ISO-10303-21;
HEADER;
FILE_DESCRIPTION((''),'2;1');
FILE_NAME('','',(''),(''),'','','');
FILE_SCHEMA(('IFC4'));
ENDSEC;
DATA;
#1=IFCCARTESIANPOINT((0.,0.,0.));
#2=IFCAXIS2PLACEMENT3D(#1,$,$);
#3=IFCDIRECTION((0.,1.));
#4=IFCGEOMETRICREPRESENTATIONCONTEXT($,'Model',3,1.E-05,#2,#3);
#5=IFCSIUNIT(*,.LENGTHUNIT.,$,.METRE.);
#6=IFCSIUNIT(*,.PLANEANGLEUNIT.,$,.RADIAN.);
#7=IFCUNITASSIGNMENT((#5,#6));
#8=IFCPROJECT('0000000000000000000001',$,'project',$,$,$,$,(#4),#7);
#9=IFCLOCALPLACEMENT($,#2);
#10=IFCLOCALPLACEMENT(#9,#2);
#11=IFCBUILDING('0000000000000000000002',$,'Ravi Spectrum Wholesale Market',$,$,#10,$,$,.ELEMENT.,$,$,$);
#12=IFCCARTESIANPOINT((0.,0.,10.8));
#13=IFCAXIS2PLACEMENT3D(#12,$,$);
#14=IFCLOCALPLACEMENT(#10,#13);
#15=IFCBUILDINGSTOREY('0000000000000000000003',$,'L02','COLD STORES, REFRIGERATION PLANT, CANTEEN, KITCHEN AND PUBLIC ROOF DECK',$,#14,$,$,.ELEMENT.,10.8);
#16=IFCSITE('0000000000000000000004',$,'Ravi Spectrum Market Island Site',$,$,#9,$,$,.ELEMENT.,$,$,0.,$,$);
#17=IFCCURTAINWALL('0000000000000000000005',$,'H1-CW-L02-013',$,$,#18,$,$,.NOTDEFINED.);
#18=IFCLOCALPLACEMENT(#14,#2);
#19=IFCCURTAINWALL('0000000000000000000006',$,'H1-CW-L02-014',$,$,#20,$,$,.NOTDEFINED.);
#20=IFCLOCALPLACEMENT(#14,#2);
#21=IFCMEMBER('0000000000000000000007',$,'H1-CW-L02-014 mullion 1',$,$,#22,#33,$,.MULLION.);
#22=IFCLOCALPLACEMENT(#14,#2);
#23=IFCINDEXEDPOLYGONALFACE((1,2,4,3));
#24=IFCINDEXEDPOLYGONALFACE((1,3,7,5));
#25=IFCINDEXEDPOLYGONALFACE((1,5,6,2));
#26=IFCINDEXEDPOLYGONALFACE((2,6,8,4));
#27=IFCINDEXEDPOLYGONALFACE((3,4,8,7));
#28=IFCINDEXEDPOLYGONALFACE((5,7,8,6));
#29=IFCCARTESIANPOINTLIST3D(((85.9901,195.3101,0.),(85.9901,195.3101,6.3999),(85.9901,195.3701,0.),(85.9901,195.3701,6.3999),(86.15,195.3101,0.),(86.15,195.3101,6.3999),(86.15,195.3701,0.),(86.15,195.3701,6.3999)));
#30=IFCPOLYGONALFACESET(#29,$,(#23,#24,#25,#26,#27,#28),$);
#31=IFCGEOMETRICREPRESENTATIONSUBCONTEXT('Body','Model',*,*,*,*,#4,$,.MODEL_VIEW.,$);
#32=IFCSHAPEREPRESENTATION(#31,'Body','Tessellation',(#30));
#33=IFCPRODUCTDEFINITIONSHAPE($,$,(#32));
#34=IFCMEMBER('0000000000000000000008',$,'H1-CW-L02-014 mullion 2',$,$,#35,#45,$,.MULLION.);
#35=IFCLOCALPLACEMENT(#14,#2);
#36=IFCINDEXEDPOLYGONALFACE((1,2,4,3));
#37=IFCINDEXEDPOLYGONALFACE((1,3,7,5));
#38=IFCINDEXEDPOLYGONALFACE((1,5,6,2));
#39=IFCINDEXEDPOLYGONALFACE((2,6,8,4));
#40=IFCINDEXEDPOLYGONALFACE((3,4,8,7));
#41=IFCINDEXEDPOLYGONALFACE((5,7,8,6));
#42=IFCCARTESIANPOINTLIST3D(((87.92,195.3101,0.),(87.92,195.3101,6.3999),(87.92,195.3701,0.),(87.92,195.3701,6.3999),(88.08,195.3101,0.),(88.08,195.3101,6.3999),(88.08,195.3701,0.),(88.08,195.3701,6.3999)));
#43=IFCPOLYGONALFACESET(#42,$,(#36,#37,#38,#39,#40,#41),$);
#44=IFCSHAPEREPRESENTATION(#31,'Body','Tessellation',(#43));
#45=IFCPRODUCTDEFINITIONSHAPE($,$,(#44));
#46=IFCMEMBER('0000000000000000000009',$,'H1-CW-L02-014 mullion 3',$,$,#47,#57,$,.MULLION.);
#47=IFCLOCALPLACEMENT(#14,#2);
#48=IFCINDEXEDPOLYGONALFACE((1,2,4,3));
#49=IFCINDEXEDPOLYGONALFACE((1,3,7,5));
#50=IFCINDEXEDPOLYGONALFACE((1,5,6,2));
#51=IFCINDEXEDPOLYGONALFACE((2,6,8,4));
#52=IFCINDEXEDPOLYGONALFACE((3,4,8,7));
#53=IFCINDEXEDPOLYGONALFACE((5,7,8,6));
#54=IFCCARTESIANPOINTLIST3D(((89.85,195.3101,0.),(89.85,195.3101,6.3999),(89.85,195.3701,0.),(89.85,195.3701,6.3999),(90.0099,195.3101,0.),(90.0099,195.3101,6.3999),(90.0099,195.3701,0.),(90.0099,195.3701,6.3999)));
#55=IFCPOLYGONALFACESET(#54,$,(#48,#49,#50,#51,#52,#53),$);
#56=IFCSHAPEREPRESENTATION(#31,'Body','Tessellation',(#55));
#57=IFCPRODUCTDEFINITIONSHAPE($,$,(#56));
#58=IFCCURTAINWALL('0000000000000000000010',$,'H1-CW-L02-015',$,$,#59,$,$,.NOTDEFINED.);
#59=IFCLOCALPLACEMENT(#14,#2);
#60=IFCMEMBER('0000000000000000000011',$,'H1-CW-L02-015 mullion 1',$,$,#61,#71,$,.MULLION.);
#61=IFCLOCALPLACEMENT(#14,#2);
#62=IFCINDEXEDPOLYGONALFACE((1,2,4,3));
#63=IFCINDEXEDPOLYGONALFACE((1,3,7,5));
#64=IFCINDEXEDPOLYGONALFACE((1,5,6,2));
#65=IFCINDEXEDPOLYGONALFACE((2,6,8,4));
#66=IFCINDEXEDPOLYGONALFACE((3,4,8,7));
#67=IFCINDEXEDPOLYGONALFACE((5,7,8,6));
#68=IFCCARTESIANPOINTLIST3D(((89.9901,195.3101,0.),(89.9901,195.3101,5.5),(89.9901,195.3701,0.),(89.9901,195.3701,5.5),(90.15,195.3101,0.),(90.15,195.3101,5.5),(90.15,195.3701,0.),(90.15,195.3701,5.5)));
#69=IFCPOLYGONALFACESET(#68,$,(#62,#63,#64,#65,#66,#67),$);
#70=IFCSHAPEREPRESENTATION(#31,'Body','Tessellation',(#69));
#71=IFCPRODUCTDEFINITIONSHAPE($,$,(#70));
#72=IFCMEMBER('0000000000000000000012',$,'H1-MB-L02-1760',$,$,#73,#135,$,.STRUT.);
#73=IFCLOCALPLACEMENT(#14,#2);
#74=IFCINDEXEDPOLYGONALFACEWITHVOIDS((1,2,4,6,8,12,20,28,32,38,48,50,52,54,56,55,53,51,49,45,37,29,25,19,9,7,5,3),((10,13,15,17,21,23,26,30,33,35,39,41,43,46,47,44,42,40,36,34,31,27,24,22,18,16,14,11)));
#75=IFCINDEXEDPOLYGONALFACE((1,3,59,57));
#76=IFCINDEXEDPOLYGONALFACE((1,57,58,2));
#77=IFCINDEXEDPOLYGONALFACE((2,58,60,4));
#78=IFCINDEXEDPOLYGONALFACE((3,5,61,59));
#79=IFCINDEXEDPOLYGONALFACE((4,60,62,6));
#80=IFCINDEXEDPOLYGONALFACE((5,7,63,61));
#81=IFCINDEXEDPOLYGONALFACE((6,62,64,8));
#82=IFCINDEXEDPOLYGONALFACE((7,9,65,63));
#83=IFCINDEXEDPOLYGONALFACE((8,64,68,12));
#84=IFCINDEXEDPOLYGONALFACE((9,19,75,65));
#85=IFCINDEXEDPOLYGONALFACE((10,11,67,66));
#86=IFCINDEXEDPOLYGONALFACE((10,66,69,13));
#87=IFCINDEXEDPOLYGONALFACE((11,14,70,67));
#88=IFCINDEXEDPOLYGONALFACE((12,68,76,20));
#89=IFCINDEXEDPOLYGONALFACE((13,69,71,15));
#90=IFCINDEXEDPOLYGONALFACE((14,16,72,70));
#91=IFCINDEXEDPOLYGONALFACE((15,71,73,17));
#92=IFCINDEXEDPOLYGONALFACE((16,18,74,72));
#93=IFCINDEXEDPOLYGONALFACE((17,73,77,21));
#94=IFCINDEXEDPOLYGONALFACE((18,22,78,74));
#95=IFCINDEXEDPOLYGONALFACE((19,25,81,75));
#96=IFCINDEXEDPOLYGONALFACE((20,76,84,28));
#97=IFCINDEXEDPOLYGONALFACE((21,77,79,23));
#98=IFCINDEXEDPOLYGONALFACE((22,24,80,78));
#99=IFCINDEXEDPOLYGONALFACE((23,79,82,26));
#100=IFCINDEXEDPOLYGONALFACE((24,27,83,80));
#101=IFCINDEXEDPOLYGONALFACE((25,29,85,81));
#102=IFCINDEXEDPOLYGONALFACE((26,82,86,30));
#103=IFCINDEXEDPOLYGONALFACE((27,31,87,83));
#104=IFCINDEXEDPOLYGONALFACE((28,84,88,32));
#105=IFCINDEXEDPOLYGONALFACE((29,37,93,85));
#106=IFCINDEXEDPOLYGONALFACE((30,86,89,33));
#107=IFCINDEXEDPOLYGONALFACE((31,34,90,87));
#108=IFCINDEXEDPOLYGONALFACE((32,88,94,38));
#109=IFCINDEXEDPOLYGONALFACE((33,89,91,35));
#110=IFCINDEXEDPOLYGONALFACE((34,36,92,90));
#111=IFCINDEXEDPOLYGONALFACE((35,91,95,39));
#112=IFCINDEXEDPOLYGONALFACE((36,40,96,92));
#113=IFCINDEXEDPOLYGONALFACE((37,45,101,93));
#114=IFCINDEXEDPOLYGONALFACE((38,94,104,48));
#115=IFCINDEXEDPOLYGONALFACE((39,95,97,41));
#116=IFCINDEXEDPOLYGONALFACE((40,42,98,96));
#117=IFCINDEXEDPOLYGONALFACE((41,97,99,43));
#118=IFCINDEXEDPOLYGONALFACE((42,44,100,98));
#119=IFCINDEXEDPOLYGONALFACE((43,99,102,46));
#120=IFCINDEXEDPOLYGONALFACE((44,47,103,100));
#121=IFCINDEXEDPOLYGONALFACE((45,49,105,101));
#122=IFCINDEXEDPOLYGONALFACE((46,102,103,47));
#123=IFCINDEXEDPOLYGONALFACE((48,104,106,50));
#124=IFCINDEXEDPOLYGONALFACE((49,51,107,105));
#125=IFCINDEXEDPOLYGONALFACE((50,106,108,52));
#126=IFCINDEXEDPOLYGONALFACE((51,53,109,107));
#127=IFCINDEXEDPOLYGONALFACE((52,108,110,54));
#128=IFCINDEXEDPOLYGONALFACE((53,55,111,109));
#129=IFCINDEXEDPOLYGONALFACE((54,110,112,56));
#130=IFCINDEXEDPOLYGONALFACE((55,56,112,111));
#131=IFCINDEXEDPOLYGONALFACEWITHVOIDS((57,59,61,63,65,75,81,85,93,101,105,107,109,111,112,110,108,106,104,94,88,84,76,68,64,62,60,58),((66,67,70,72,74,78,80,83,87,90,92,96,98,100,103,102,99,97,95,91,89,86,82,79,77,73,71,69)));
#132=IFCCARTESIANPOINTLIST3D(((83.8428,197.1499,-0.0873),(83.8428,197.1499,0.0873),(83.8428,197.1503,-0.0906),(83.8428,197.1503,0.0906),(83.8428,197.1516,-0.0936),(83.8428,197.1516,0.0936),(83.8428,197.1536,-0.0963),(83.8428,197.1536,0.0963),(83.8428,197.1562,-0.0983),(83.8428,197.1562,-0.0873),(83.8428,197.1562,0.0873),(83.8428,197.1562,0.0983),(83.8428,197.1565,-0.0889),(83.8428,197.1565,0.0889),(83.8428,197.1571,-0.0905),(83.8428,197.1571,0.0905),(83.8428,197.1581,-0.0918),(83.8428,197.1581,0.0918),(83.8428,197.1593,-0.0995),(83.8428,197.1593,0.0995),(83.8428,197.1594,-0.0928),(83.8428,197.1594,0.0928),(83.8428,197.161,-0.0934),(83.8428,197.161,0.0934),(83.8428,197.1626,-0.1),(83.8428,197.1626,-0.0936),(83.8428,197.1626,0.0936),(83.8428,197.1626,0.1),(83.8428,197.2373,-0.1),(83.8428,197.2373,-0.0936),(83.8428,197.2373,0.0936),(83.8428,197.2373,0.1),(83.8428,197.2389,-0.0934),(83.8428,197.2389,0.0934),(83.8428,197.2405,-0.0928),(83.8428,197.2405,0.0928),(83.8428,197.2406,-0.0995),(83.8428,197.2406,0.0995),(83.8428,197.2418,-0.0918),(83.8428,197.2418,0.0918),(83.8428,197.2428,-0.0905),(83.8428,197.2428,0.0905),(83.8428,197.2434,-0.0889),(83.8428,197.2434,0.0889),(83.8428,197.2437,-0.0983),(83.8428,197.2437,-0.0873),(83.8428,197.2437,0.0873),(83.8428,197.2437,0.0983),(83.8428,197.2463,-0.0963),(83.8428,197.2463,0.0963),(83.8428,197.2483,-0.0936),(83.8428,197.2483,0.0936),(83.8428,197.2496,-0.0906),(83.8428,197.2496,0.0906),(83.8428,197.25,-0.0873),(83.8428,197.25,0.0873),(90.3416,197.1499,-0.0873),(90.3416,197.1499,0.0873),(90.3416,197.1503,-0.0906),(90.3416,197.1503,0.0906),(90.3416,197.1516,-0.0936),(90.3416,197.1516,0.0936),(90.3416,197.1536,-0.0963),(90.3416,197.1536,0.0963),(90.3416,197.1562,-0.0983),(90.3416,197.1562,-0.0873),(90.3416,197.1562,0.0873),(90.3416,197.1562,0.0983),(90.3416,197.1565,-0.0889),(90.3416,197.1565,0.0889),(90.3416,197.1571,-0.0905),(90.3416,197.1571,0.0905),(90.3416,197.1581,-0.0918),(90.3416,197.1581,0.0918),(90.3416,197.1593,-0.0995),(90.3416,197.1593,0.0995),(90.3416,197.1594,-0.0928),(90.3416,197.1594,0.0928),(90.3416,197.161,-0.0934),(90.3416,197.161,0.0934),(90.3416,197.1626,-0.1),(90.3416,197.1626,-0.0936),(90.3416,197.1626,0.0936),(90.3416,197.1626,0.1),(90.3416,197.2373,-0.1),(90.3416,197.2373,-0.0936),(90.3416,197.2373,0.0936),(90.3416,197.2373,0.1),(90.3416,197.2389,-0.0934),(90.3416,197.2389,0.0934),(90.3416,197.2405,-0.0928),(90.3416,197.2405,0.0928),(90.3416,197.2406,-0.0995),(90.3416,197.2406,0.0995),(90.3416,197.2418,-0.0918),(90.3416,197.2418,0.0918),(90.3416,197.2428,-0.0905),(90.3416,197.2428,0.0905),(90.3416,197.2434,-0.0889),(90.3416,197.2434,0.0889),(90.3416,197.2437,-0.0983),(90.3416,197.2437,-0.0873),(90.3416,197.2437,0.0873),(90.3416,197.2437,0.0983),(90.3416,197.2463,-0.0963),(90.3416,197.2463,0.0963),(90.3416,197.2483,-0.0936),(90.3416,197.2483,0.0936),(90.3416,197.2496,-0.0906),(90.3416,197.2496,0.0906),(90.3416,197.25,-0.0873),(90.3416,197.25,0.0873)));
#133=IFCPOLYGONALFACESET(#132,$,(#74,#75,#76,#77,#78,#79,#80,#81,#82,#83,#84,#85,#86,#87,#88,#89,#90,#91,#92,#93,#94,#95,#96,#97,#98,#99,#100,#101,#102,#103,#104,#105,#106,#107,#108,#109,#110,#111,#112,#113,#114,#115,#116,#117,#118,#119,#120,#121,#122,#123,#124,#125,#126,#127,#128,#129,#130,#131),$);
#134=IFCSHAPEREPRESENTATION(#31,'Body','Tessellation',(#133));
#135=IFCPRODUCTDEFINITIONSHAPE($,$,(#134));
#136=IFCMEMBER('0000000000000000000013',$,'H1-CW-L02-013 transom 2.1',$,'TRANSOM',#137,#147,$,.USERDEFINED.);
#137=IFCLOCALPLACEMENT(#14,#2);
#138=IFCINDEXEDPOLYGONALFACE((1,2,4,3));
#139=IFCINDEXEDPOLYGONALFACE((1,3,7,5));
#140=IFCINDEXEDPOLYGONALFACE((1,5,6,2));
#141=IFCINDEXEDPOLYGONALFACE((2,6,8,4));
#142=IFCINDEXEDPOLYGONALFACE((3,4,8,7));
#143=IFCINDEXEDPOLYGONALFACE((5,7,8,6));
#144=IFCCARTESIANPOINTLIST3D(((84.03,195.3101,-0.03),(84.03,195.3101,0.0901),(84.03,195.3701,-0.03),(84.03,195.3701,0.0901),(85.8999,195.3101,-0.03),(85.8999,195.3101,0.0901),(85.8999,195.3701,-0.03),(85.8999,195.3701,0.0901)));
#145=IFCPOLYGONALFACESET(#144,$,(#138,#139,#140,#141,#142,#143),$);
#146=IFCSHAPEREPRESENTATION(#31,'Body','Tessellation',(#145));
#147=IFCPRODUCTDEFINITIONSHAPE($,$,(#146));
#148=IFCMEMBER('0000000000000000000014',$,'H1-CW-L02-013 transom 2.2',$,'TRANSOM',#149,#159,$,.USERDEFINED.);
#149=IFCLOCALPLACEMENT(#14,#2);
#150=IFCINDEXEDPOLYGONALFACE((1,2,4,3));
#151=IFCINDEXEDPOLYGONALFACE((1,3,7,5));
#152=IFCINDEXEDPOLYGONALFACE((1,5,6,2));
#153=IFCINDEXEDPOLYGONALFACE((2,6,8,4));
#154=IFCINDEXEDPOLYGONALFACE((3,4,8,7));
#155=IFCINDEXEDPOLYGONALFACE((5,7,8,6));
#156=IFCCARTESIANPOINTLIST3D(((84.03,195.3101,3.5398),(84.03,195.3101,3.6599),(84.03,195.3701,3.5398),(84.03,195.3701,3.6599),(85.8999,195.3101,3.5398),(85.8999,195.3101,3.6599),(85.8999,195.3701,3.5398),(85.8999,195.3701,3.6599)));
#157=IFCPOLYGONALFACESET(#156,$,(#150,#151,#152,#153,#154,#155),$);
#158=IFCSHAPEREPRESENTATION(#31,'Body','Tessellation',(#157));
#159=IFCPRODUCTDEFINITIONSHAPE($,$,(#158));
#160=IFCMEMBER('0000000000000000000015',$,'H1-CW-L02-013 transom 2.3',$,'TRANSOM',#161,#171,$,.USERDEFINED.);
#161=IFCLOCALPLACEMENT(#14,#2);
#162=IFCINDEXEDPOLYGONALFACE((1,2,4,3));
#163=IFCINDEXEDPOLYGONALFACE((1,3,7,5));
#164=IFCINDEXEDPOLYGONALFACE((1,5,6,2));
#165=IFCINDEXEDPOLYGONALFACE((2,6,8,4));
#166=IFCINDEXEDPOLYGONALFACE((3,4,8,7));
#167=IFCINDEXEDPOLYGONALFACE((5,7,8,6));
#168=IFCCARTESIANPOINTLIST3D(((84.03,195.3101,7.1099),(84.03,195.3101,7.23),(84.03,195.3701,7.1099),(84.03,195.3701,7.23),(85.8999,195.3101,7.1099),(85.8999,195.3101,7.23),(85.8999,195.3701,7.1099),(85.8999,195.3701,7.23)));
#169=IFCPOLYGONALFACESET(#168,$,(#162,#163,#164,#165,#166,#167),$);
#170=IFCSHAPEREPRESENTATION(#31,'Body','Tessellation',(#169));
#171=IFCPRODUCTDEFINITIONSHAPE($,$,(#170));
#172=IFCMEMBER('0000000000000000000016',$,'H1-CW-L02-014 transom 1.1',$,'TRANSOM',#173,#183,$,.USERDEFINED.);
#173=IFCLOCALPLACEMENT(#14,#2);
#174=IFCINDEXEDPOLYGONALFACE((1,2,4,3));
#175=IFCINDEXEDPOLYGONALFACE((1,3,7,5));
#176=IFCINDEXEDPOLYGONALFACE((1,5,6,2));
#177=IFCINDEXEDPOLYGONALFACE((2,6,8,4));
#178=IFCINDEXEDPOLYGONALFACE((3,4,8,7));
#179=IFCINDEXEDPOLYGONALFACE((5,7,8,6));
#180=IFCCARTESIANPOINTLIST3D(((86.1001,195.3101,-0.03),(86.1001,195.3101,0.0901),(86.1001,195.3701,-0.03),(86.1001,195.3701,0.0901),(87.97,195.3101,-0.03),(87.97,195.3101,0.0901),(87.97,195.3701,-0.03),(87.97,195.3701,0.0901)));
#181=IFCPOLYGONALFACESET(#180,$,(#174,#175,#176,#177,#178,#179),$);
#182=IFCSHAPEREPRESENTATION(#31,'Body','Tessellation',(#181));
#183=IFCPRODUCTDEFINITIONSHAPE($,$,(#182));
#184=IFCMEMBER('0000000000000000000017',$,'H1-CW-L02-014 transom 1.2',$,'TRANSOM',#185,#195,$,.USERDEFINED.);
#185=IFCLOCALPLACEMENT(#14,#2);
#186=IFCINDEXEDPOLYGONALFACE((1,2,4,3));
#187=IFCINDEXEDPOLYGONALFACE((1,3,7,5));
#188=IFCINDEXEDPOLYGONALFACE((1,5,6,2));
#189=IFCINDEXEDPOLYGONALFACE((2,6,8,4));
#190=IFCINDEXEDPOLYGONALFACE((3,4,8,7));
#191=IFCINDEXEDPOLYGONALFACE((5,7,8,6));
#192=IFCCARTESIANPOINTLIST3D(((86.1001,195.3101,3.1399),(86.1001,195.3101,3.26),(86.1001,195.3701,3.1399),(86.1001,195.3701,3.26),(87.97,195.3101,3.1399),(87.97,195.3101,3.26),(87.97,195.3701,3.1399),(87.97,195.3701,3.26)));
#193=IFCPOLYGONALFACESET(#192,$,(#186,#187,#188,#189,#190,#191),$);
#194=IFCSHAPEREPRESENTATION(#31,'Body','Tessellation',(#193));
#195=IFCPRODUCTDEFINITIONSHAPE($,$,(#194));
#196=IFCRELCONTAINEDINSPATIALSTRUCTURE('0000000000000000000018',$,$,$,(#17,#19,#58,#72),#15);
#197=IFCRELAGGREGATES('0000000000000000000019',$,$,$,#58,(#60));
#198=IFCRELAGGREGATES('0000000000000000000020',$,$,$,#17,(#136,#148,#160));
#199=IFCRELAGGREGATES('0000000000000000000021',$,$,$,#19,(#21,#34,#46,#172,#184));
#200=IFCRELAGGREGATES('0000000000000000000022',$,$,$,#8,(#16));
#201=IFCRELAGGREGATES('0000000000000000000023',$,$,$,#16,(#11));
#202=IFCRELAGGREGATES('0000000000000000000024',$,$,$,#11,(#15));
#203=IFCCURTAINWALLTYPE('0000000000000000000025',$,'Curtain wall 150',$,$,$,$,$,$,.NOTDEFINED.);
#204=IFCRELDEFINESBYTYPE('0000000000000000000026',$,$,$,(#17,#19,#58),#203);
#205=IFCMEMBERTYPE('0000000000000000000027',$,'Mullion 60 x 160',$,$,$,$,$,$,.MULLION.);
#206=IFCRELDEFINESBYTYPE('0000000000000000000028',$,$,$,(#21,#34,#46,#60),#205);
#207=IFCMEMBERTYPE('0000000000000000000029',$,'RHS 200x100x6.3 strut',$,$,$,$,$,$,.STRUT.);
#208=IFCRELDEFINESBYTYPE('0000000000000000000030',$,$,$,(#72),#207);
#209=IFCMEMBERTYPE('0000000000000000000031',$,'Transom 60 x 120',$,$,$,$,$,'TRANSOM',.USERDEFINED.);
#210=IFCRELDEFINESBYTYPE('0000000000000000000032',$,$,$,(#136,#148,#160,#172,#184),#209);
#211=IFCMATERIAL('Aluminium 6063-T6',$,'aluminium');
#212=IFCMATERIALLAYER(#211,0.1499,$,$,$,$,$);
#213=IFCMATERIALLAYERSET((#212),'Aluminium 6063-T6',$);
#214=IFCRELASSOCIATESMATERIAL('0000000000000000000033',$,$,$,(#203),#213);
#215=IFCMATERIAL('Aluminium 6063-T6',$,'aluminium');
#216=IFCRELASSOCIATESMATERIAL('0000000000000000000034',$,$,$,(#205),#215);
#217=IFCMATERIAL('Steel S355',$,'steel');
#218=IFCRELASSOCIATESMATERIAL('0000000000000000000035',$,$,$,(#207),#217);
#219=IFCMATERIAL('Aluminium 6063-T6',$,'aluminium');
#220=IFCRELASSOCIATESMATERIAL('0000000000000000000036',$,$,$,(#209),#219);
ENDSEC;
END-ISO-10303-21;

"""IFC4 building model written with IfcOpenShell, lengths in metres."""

from ifc_helpers import new_model, si_unit, direction, frame, origin, origin_2d, place, context, subcontext, project, spatial, rectangle, hollow_rectangle, extrude, material, layer, layer_set, material_profile, profile_set, type_object, element, aggregate, save


model = new_model("IFC4")

# Units and contexts
model_context = context("Model", 3, precision=1e-05, world=origin(), true_north=direction((0.0, 1.0)))
body_context = subcontext(model_context, "Body", "Model", "MODEL_VIEW")
ifc_project = project(units=[si_unit("LENGTHUNIT", "METRE"), si_unit("PLANEANGLEUNIT", "RADIAN")], contexts=[model_context])

# Site, building, storey
site_placement = place(None, origin())
site = spatial("IfcSite", under=ifc_project, at=site_placement, Name="Ravi Spectrum Market Island Site", CompositionType="ELEMENT", RefElevation=0.0)
building_placement = place(site_placement, origin())
building = spatial("IfcBuilding", under=site, at=building_placement, Name="Ravi Spectrum Wholesale Market", CompositionType="ELEMENT")
storey_placement = place(building_placement, frame((0.0, 0.0, 10.8)))
storey = spatial("IfcBuildingStorey", under=building, at=storey_placement, Name="L02", Description="COLD STORES, REFRIGERATION PLANT, CANTEEN, KITCHEN AND PUBLIC ROOF DECK", CompositionType="ELEMENT", Elevation=10.8)

# Curtain walls, members
ifc_material_1 = material(Name="Aluminium 6063-T6", Category="aluminium")
ifc_layer_1 = layer(ifc_material_1, 0.1499)
ifc_layer_set_1 = layer_set([ifc_layer_1], Name="Aluminium 6063-T6")
curtain_wall_type = type_object("IfcCurtainWallType", Name="Curtain wall 150", PredefinedType="NOTDEFINED", material=ifc_layer_set_1)
curtain_wall_1_placement = place(storey_placement, origin())
curtain_wall_1 = element("IfcCurtainWall", 1, at=curtain_wall_1_placement, inside=storey, type_object=curtain_wall_type, Name="H1-CW-L02-013", PredefinedType="NOTDEFINED")
ifc_material_2 = material(Name="Aluminium 6063-T6", Category="aluminium")
ifc_material_profile_1 = material_profile(ifc_material_2, rectangle(XDim=0.0601, YDim=0.1599, at=origin_2d()))
ifc_profile_set_1 = profile_set([ifc_material_profile_1], Name="Aluminium 6063-T6")
member_type_1 = type_object("IfcMemberType", Name="Mullion 60 x 160", PredefinedType="MULLION", material=ifc_profile_set_1)
curtain_wall_2_placement = place(storey_placement, origin())
curtain_wall_2 = element("IfcCurtainWall", 2, at=curtain_wall_2_placement, inside=storey, type_object=curtain_wall_type, Name="H1-CW-L02-014", PredefinedType="NOTDEFINED")
member_1_placement = place(storey_placement, frame((86.0701, 195.3401, 0.0), z_axis=(0.0, 0.0, 1.0), x_axis=(0.0, 1.0, 0.0)))
member_1 = element("IfcMember", 3, at=member_1_placement, type_object=member_type_1, Name="H1-CW-L02-014 mullion 1", PredefinedType="MULLION", context=body_context, shape_type="SweptSolid", body=[
    extrude(rectangle(XDim=0.0601, YDim=0.1599, at=origin_2d()), origin(), (0.0, 0.0, 1.0), 6.3999),
])
member_2_placement = place(storey_placement, frame((88.0, 195.3401, 0.0), z_axis=(0.0, 0.0, 1.0), x_axis=(0.0, 1.0, 0.0)))
member_2 = element("IfcMember", 4, at=member_2_placement, type_object=member_type_1, Name="H1-CW-L02-014 mullion 2", PredefinedType="MULLION", context=body_context, shape_type="SweptSolid", body=[
    extrude(rectangle(XDim=0.0601, YDim=0.1599, at=origin_2d()), origin(), (0.0, 0.0, 1.0), 6.3999),
])
member_3_placement = place(storey_placement, frame((89.9299, 195.3401, 0.0), z_axis=(0.0, 0.0, 1.0), x_axis=(0.0, 1.0, 0.0)))
member_3 = element("IfcMember", 5, at=member_3_placement, type_object=member_type_1, Name="H1-CW-L02-014 mullion 3", PredefinedType="MULLION", context=body_context, shape_type="SweptSolid", body=[
    extrude(rectangle(XDim=0.0601, YDim=0.1599, at=origin_2d()), origin(), (0.0, 0.0, 1.0), 6.3999),
])

# Curtain wall, member
curtain_wall_3_placement = place(storey_placement, origin())
curtain_wall_3 = element("IfcCurtainWall", 6, at=curtain_wall_3_placement, inside=storey, type_object=curtain_wall_type, Name="H1-CW-L02-015", PredefinedType="NOTDEFINED")
member_4_placement = place(storey_placement, frame((90.0701, 195.3401, 0.0), z_axis=(0.0, 0.0, 1.0), x_axis=(0.0, 1.0, 0.0)))
member_4 = element("IfcMember", 7, at=member_4_placement, type_object=member_type_1, Name="H1-CW-L02-015 mullion 1", PredefinedType="MULLION", context=body_context, shape_type="SweptSolid", body=[
    extrude(rectangle(XDim=0.0601, YDim=0.1599, at=origin_2d()), origin(), (0.0, 0.0, 1.0), 5.5),
])

# Members
ifc_material_3 = material(Name="Steel S355", Category="steel")
ifc_material_profile_2 = material_profile(ifc_material_3, hollow_rectangle(XDim=0.1001, YDim=0.2, WallThickness=0.0063, InnerFilletRadius=0.0063, OuterFilletRadius=0.0127, at=origin_2d()))
ifc_profile_set_2 = profile_set([ifc_material_profile_2], Name="Steel S355")
member_type_2 = type_object("IfcMemberType", Name="RHS 200x100x6.3 strut", PredefinedType="STRUT", material=ifc_profile_set_2)
member_5_placement = place(storey_placement, frame((83.8428, 197.2, 0.0), z_axis=(1.0, 0.0, 0.0), x_axis=(0.0, 1.0, 0.0)))
element("IfcMember", 8, at=member_5_placement, inside=storey, type_object=member_type_2, Name="H1-MB-L02-1760", PredefinedType="STRUT", context=body_context, shape_type="SweptSolid", body=[
    extrude(hollow_rectangle(XDim=0.1001, YDim=0.2, WallThickness=0.0063, InnerFilletRadius=0.0063, OuterFilletRadius=0.0127, at=origin_2d()), origin(), (0.0, 0.0, 1.0), 6.4988),
])
ifc_material_4 = material(Name="Aluminium 6063-T6", Category="aluminium")
ifc_material_profile_3 = material_profile(ifc_material_4, rectangle(XDim=0.0601, YDim=0.1201, at=origin_2d()))
ifc_profile_set_3 = profile_set([ifc_material_profile_3], Name="Aluminium 6063-T6")
member_type_3 = type_object("IfcMemberType", Name="Transom 60 x 120", ElementType="TRANSOM", PredefinedType="USERDEFINED", material=ifc_profile_set_3)
member_6_placement = place(storey_placement, frame((84.03, 195.3401, 0.03), z_axis=(1.0, 0.0, 0.0), x_axis=(0.0, 1.0, 0.0)))
member_6 = element("IfcMember", 9, at=member_6_placement, type_object=member_type_3, Name="H1-CW-L02-013 transom 2.1", ObjectType="TRANSOM", PredefinedType="USERDEFINED", context=body_context, shape_type="SweptSolid", body=[
    extrude(rectangle(XDim=0.0601, YDim=0.1201, at=origin_2d()), origin(), (0.0, 0.0, 1.0), 1.8699),
])
member_7_placement = place(storey_placement, frame((84.03, 195.3401, 3.5999), z_axis=(1.0, 0.0, 0.0), x_axis=(0.0, 1.0, 0.0)))
member_7 = element("IfcMember", 10, at=member_7_placement, type_object=member_type_3, Name="H1-CW-L02-013 transom 2.2", ObjectType="TRANSOM", PredefinedType="USERDEFINED", context=body_context, shape_type="SweptSolid", body=[
    extrude(rectangle(XDim=0.0601, YDim=0.1201, at=origin_2d()), origin(), (0.0, 0.0, 1.0), 1.8699),
])
member_8_placement = place(storey_placement, frame((84.03, 195.3401, 7.1699), z_axis=(1.0, 0.0, 0.0), x_axis=(0.0, 1.0, 0.0)))
member_8 = element("IfcMember", 11, at=member_8_placement, type_object=member_type_3, Name="H1-CW-L02-013 transom 2.3", ObjectType="TRANSOM", PredefinedType="USERDEFINED", context=body_context, shape_type="SweptSolid", body=[
    extrude(rectangle(XDim=0.0601, YDim=0.1201, at=origin_2d()), origin(), (0.0, 0.0, 1.0), 1.8699),
])
member_9_placement = place(storey_placement, frame((86.1001, 195.3401, 0.03), z_axis=(1.0, 0.0, 0.0), x_axis=(0.0, 1.0, 0.0)))
member_9 = element("IfcMember", 12, at=member_9_placement, type_object=member_type_3, Name="H1-CW-L02-014 transom 1.1", ObjectType="TRANSOM", PredefinedType="USERDEFINED", context=body_context, shape_type="SweptSolid", body=[
    extrude(rectangle(XDim=0.0601, YDim=0.1201, at=origin_2d()), origin(), (0.0, 0.0, 1.0), 1.8699),
])
member_10_placement = place(storey_placement, frame((86.1001, 195.3401, 3.2), z_axis=(1.0, 0.0, 0.0), x_axis=(0.0, 1.0, 0.0)))
member_10 = element("IfcMember", 13, at=member_10_placement, type_object=member_type_3, Name="H1-CW-L02-014 transom 1.2", ObjectType="TRANSOM", PredefinedType="USERDEFINED", context=body_context, shape_type="SweptSolid", body=[
    extrude(rectangle(XDim=0.0601, YDim=0.1201, at=origin_2d()), origin(), (0.0, 0.0, 1.0), 1.8699),
])
aggregate(curtain_wall_3, [member_4])

aggregate(curtain_wall_1, [member_6, member_7, member_8])
aggregate(curtain_wall_2, [member_1, member_2, member_3, member_9, member_10])

save(model, "model.ifc")
